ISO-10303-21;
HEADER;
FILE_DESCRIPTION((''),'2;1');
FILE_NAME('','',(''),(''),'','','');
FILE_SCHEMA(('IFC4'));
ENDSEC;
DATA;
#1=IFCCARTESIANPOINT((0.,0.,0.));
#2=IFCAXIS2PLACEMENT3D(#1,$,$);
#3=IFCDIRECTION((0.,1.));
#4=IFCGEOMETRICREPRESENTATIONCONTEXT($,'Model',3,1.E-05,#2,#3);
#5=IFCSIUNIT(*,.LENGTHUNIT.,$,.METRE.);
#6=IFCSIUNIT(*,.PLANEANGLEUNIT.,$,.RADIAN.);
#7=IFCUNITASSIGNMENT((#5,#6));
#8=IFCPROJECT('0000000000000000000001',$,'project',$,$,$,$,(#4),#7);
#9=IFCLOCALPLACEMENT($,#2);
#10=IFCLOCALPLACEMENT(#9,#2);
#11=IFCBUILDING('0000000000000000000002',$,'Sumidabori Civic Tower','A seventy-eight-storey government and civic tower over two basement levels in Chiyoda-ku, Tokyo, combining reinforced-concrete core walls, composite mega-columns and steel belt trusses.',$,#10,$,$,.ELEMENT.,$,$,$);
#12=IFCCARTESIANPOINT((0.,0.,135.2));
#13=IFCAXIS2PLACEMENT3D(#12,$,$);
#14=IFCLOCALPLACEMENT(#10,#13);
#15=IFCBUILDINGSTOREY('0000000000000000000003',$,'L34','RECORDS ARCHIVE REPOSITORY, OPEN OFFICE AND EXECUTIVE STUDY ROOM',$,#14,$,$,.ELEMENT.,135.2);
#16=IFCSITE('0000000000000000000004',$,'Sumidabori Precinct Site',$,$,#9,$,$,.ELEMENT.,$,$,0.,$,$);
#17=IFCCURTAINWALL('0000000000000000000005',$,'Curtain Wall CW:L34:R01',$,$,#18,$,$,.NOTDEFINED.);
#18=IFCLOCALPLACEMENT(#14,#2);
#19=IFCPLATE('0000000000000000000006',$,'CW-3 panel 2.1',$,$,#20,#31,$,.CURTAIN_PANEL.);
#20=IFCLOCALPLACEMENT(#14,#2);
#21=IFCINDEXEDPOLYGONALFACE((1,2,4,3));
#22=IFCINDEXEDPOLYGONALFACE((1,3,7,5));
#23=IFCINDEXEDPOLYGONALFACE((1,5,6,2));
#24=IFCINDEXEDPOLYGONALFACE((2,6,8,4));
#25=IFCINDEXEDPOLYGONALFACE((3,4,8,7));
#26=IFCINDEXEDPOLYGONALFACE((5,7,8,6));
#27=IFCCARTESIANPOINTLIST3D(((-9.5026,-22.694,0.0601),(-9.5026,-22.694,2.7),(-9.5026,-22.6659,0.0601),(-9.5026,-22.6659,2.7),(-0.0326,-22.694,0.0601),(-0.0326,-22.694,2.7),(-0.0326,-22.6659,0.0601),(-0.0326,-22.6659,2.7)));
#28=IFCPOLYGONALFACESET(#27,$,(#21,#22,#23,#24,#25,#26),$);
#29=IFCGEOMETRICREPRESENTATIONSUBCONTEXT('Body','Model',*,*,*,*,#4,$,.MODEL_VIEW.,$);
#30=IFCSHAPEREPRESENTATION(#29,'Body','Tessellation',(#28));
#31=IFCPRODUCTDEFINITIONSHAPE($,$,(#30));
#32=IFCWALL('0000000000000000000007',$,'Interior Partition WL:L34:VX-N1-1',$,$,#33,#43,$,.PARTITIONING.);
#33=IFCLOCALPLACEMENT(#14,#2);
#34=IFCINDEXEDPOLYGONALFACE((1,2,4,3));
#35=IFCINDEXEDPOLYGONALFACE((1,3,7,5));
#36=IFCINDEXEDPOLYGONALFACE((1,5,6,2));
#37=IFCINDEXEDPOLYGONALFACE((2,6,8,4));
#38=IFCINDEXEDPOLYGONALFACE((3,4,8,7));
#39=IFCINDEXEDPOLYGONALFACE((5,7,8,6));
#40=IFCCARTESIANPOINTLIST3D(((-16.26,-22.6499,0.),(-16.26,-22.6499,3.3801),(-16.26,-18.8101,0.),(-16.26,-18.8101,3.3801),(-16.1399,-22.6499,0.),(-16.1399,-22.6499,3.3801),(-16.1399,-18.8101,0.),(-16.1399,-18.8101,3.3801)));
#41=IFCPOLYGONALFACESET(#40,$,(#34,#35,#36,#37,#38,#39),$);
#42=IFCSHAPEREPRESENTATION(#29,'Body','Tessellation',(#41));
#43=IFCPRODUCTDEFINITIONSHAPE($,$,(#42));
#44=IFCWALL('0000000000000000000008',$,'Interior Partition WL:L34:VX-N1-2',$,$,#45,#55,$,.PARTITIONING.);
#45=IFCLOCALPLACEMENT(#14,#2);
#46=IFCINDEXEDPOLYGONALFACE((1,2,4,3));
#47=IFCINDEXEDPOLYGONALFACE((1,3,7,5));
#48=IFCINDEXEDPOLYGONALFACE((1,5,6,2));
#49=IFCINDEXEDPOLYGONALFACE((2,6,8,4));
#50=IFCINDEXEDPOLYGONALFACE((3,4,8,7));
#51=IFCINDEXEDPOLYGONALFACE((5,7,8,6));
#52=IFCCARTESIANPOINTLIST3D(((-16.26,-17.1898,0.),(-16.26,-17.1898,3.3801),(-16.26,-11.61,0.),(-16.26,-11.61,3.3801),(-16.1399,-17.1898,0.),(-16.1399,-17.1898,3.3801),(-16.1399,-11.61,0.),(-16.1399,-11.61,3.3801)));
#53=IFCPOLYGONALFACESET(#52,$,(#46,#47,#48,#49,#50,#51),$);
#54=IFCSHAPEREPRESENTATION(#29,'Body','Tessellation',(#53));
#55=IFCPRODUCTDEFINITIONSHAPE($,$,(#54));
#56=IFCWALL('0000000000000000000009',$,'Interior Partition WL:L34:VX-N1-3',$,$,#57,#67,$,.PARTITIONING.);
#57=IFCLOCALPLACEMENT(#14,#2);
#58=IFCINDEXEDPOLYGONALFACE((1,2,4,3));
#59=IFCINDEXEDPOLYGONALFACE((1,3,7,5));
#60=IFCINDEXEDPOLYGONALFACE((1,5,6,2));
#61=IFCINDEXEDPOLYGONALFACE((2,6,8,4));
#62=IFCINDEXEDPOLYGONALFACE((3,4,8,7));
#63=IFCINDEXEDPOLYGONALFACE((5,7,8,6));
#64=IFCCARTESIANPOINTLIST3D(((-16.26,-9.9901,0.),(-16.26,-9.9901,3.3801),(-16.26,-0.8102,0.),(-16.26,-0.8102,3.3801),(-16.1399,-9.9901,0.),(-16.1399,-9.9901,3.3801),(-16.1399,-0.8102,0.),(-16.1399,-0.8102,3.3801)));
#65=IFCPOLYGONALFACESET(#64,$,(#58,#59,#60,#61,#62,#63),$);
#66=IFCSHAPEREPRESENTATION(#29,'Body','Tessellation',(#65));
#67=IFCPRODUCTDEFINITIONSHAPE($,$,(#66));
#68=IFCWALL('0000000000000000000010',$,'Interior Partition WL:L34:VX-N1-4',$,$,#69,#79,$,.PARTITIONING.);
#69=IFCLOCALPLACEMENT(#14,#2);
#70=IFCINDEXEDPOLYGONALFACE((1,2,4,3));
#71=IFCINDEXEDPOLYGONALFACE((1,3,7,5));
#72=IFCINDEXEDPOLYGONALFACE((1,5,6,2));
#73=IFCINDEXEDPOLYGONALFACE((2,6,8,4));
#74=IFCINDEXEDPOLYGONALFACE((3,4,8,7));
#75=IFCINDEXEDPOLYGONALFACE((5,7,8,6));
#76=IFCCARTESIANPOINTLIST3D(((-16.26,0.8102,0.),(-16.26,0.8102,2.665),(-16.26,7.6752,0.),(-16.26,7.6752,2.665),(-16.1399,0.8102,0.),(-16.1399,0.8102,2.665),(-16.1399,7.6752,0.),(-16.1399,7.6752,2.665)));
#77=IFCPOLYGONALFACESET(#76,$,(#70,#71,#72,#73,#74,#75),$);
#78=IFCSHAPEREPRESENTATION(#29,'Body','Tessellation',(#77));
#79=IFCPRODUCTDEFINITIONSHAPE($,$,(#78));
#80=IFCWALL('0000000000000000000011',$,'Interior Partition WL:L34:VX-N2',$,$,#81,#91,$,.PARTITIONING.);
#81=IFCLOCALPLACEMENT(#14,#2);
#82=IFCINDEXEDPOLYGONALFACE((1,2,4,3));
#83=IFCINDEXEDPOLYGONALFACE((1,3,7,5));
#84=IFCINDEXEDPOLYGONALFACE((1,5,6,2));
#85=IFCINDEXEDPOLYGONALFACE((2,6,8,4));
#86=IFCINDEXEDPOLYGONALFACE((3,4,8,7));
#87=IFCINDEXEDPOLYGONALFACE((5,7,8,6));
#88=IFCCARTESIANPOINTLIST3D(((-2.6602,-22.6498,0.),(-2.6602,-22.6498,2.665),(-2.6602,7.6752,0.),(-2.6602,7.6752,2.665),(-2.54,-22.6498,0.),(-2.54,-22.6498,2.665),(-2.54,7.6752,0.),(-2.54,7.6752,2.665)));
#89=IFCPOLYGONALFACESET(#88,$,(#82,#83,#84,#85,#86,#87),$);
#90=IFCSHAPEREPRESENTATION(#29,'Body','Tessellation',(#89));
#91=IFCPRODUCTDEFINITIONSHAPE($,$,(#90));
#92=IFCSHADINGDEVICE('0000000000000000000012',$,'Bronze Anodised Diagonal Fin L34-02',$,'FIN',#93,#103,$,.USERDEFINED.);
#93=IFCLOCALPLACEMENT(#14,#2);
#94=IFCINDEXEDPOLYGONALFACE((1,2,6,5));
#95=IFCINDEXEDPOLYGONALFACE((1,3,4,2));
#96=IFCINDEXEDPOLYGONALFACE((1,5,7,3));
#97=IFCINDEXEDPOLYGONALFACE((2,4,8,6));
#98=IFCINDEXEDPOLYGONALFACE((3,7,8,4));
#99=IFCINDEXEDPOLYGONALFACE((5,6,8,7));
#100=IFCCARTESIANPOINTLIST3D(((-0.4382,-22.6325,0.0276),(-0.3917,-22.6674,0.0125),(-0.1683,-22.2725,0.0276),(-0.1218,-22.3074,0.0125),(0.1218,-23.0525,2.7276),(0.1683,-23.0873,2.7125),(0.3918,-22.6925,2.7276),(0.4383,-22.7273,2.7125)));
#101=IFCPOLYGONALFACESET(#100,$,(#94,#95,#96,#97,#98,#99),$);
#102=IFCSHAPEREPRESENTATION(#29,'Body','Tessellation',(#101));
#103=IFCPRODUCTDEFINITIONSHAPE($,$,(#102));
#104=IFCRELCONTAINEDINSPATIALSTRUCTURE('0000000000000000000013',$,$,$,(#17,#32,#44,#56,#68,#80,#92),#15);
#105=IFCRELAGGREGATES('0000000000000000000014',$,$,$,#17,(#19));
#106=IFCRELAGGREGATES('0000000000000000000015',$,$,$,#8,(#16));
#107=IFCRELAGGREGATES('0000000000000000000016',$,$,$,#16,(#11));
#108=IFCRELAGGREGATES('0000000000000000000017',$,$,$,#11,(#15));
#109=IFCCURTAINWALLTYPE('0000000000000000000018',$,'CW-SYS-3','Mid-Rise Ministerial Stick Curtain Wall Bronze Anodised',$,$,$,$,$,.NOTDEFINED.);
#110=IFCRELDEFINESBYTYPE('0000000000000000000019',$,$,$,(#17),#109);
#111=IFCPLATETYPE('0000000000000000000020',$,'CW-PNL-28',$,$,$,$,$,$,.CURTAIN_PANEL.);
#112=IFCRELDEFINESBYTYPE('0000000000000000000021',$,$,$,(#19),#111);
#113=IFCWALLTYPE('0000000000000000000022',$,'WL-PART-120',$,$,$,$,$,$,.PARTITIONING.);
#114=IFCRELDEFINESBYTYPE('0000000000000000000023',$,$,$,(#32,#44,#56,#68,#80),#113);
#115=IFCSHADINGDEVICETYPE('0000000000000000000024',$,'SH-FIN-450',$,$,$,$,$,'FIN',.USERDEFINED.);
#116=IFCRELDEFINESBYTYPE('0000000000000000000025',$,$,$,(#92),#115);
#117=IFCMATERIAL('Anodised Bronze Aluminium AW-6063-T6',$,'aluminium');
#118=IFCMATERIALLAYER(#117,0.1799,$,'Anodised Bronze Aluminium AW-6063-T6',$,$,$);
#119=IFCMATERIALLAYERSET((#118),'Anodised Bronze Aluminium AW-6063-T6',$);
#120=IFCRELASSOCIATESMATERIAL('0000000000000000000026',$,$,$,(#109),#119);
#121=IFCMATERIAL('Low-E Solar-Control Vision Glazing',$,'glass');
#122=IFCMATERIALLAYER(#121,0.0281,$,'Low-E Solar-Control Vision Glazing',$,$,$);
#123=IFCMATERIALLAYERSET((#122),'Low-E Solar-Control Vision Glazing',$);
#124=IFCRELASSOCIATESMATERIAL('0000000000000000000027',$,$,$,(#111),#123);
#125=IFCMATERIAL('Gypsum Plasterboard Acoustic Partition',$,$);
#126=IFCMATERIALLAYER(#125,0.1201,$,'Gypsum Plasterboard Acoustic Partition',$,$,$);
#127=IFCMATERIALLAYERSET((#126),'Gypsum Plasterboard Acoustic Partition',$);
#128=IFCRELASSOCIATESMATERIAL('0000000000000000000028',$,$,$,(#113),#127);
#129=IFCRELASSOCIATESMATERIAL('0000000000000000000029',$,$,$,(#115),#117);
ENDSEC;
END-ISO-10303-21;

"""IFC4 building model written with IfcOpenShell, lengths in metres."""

from ifc_helpers import new_model, si_unit, direction, frame, frame_2d, origin, origin_2d, place, context, subcontext, project, spatial, rectangle, extrude, source, transform, mapped, material, layer, layer_set, material_profile, profile_set, type_object, element, aggregate, save


model = new_model("IFC4")

# Units and contexts
model_context = context("Model", 3, precision=1e-05, world=origin(), true_north=direction((0.0, 1.0)))
body_context = subcontext(model_context, "Body", "Model", "MODEL_VIEW")
ifc_project = project(units=[si_unit("LENGTHUNIT", "METRE"), si_unit("PLANEANGLEUNIT", "RADIAN")], contexts=[model_context])

# Site, building, storey
site_placement = place(None, origin())
site = spatial("IfcSite", under=ifc_project, at=site_placement, Name="Sumidabori Precinct Site", CompositionType="ELEMENT", RefElevation=0.0)
building_placement = place(site_placement, origin())
building = spatial("IfcBuilding", under=site, at=building_placement, Name="Sumidabori Civic Tower", Description="A seventy-eight-storey government and civic tower over two basement levels in Chiyoda-ku, Tokyo, combining reinforced-concrete core walls, composite mega-columns and steel belt trusses.", CompositionType="ELEMENT")
storey_placement = place(building_placement, frame((0.0, 0.0, 135.2)))
storey = spatial("IfcBuildingStorey", under=building, at=storey_placement, Name="L34", Description="RECORDS ARCHIVE REPOSITORY, OPEN OFFICE AND EXECUTIVE STUDY ROOM", CompositionType="ELEMENT", Elevation=135.2)

# Curtain wall
ifc_material_1 = material(Name="Anodised Bronze Aluminium AW-6063-T6", Category="aluminium")
ifc_layer_1 = layer(ifc_material_1, 0.1799, Name="Anodised Bronze Aluminium AW-6063-T6")
ifc_layer_set_1 = layer_set([ifc_layer_1], Name="Anodised Bronze Aluminium AW-6063-T6")
curtain_wall_type = type_object("IfcCurtainWallType", Name="CW-SYS-3", Description="Mid-Rise Ministerial Stick Curtain Wall Bronze Anodised", PredefinedType="NOTDEFINED", material=ifc_layer_set_1)
curtain_wall_placement = place(storey_placement, origin())
curtain_wall = element("IfcCurtainWall", 1, at=curtain_wall_placement, inside=storey, type_object=curtain_wall_type, Name="Curtain Wall CW:L34:R01", PredefinedType="NOTDEFINED")

# Plate
ifc_material_2 = material(Name="Low-E Solar-Control Vision Glazing", Category="glass")
ifc_layer_2 = layer(ifc_material_2, 0.0281, Name="Low-E Solar-Control Vision Glazing")
ifc_layer_set_2 = layer_set([ifc_layer_2], Name="Low-E Solar-Control Vision Glazing")
plate_type = type_object("IfcPlateType", Name="CW-PNL-28", PredefinedType="CURTAIN_PANEL", material=ifc_layer_set_2)
shared_shape_1 = source(origin(), body_context, "Body", "SweptSolid", [
    extrude(rectangle(XDim=9.47, YDim=0.0281, at=origin_2d()), origin(), (0.0, 0.0, 1.0), 2.6399),
])
plate_1_placement = place(storey_placement, frame((-4.7676, -22.6799, 0.0601), z_axis=(0.0, 0.0, 1.0), x_axis=(1.0, 0.0, 0.0)))
plate_1 = element("IfcPlate", 2, at=plate_1_placement, type_object=plate_type, Name="CW-3 panel 2.1", PredefinedType="CURTAIN_PANEL", context=body_context, shape_type="MappedRepresentation", body=[
    mapped(shared_shape_1, transform((0.0, 0.0, 0.0), x_axis=(1.0, 0.0, 0.0), y_axis=(0.0, 1.0, 0.0), z_axis=(0.0, 0.0, 1.0), scale=1.0)),
])
aggregate(curtain_wall, [plate_1])

# Walls
ifc_material_3 = material(Name="Gypsum Plasterboard Acoustic Partition")
ifc_layer_3 = layer(ifc_material_3, 0.1201, Name="Gypsum Plasterboard Acoustic Partition")
ifc_layer_set_3 = layer_set([ifc_layer_3], Name="Gypsum Plasterboard Acoustic Partition")
wall_type = type_object("IfcWallType", Name="WL-PART-120", PredefinedType="PARTITIONING", material=ifc_layer_set_3)
shared_shape_2 = source(origin(), body_context, "Body", "SweptSolid", [
    extrude(rectangle(XDim=3.8398, YDim=0.1201, at=frame_2d((1.9199, 0.0))), origin(), (0.0, 0.0, 1.0), 3.3801),
])
wall_1_placement = place(storey_placement, frame((-16.2, -22.6499, 0.0), z_axis=(0.0, 0.0, 1.0), x_axis=(0.0, 1.0, 0.0)))
element("IfcWall", 3, at=wall_1_placement, inside=storey, type_object=wall_type, Name="Interior Partition WL:L34:VX-N1-1", PredefinedType="PARTITIONING", context=body_context, shape_type="MappedRepresentation", body=[
    mapped(shared_shape_2, transform((0.0, 0.0, 0.0), x_axis=(1.0, 0.0, 0.0), y_axis=(0.0, 1.0, 0.0), z_axis=(0.0, 0.0, 1.0), scale=1.0)),
])
shared_shape_3 = source(origin(), body_context, "Body", "SweptSolid", [
    extrude(rectangle(XDim=5.5798, YDim=0.1201, at=frame_2d((2.79, 0.0))), origin(), (0.0, 0.0, 1.0), 3.3801),
])
wall_2_placement = place(storey_placement, frame((-16.2, -17.1899, 0.0), z_axis=(0.0, 0.0, 1.0), x_axis=(0.0, 1.0, 0.0)))
element("IfcWall", 4, at=wall_2_placement, inside=storey, type_object=wall_type, Name="Interior Partition WL:L34:VX-N1-2", PredefinedType="PARTITIONING", context=body_context, shape_type="MappedRepresentation", body=[
    mapped(shared_shape_3, transform((0.0, 0.0, 0.0), x_axis=(1.0, 0.0, 0.0), y_axis=(0.0, 1.0, 0.0), z_axis=(0.0, 0.0, 1.0), scale=1.0)),
])
shared_shape_4 = source(origin(), body_context, "Body", "SweptSolid", [
    extrude(rectangle(XDim=9.1799, YDim=0.1201, at=frame_2d((4.5898, 0.0))), origin(), (0.0, 0.0, 1.0), 3.3801),
])
wall_3_placement = place(storey_placement, frame((-16.2, -9.99, 0.0), z_axis=(0.0, 0.0, 1.0), x_axis=(0.0, 1.0, 0.0)))
element("IfcWall", 5, at=wall_3_placement, inside=storey, type_object=wall_type, Name="Interior Partition WL:L34:VX-N1-3", PredefinedType="PARTITIONING", context=body_context, shape_type="MappedRepresentation", body=[
    mapped(shared_shape_4, transform((0.0, 0.0, 0.0), x_axis=(1.0, 0.0, 0.0), y_axis=(0.0, 1.0, 0.0), z_axis=(0.0, 0.0, 1.0), scale=1.0)),
])
shared_shape_5 = source(origin(), body_context, "Body", "SweptSolid", [
    extrude(rectangle(XDim=6.865, YDim=0.1201, at=frame_2d((3.4326, 0.0))), origin(), (0.0, 0.0, 1.0), 2.665),
])
wall_4_placement = place(storey_placement, frame((-16.2, 0.8101, 0.0), z_axis=(0.0, 0.0, 1.0), x_axis=(0.0, 1.0, 0.0)))
element("IfcWall", 6, at=wall_4_placement, inside=storey, type_object=wall_type, Name="Interior Partition WL:L34:VX-N1-4", PredefinedType="PARTITIONING", context=body_context, shape_type="MappedRepresentation", body=[
    mapped(shared_shape_5, transform((0.0, 0.0, 0.0), x_axis=(1.0, 0.0, 0.0), y_axis=(0.0, 1.0, 0.0), z_axis=(0.0, 0.0, 1.0), scale=1.0)),
])
shared_shape_6 = source(origin(), body_context, "Body", "SweptSolid", [
    extrude(rectangle(XDim=30.325, YDim=0.1201, at=frame_2d((15.1626, 0.0))), origin(), (0.0, 0.0, 1.0), 2.665),
])
wall_5_placement = place(storey_placement, frame((-2.6001, -22.6499, 0.0), z_axis=(0.0, 0.0, 1.0), x_axis=(0.0, 1.0, 0.0)))
element("IfcWall", 7, at=wall_5_placement, inside=storey, type_object=wall_type, Name="Interior Partition WL:L34:VX-N2", PredefinedType="PARTITIONING", context=body_context, shape_type="MappedRepresentation", body=[
    mapped(shared_shape_6, transform((0.0, 0.0, 0.0), x_axis=(1.0, 0.0, 0.0), y_axis=(0.0, 1.0, 0.0), z_axis=(0.0, 0.0, 1.0), scale=1.0)),
])

# Shading device
ifc_material_profile_1 = material_profile(ifc_material_1, rectangle(XDim=0.0601, YDim=0.45, at=origin_2d()), Name="BRONZE FIN 450x60")
ifc_profile_set_1 = profile_set([ifc_material_profile_1], Name="Anodised Bronze Aluminium AW-6063-T6")
shading_device_type = type_object("IfcShadingDeviceType", Name="SH-FIN-450", ElementType="FIN", PredefinedType="USERDEFINED", material=ifc_profile_set_1)
shared_shape_7 = source(origin(), body_context, "Body", "SweptSolid", [
    extrude(rectangle(XDim=0.0601, YDim=0.45, at=origin_2d()), origin(), (0.0, 0.0, 1.0), 2.7893),
])
shading_device_placement = place(storey_placement, frame((-0.28, -22.47, 0.02), z_axis=(0.200794, -0.150552, 0.967996), x_axis=(0.774478, -0.580689, -0.250966)))
element("IfcShadingDevice", 8, at=shading_device_placement, inside=storey, type_object=shading_device_type, Name="Bronze Anodised Diagonal Fin L34-02", ObjectType="FIN", PredefinedType="USERDEFINED", context=body_context, shape_type="MappedRepresentation", body=[
    mapped(shared_shape_7, transform((0.0, 0.0, 0.0), x_axis=(1.0, 0.0, 0.0), y_axis=(0.0, 1.0, 0.0), z_axis=(0.0, 0.0, 1.0), scale=1.0)),
])

save(model, "model.ifc")
